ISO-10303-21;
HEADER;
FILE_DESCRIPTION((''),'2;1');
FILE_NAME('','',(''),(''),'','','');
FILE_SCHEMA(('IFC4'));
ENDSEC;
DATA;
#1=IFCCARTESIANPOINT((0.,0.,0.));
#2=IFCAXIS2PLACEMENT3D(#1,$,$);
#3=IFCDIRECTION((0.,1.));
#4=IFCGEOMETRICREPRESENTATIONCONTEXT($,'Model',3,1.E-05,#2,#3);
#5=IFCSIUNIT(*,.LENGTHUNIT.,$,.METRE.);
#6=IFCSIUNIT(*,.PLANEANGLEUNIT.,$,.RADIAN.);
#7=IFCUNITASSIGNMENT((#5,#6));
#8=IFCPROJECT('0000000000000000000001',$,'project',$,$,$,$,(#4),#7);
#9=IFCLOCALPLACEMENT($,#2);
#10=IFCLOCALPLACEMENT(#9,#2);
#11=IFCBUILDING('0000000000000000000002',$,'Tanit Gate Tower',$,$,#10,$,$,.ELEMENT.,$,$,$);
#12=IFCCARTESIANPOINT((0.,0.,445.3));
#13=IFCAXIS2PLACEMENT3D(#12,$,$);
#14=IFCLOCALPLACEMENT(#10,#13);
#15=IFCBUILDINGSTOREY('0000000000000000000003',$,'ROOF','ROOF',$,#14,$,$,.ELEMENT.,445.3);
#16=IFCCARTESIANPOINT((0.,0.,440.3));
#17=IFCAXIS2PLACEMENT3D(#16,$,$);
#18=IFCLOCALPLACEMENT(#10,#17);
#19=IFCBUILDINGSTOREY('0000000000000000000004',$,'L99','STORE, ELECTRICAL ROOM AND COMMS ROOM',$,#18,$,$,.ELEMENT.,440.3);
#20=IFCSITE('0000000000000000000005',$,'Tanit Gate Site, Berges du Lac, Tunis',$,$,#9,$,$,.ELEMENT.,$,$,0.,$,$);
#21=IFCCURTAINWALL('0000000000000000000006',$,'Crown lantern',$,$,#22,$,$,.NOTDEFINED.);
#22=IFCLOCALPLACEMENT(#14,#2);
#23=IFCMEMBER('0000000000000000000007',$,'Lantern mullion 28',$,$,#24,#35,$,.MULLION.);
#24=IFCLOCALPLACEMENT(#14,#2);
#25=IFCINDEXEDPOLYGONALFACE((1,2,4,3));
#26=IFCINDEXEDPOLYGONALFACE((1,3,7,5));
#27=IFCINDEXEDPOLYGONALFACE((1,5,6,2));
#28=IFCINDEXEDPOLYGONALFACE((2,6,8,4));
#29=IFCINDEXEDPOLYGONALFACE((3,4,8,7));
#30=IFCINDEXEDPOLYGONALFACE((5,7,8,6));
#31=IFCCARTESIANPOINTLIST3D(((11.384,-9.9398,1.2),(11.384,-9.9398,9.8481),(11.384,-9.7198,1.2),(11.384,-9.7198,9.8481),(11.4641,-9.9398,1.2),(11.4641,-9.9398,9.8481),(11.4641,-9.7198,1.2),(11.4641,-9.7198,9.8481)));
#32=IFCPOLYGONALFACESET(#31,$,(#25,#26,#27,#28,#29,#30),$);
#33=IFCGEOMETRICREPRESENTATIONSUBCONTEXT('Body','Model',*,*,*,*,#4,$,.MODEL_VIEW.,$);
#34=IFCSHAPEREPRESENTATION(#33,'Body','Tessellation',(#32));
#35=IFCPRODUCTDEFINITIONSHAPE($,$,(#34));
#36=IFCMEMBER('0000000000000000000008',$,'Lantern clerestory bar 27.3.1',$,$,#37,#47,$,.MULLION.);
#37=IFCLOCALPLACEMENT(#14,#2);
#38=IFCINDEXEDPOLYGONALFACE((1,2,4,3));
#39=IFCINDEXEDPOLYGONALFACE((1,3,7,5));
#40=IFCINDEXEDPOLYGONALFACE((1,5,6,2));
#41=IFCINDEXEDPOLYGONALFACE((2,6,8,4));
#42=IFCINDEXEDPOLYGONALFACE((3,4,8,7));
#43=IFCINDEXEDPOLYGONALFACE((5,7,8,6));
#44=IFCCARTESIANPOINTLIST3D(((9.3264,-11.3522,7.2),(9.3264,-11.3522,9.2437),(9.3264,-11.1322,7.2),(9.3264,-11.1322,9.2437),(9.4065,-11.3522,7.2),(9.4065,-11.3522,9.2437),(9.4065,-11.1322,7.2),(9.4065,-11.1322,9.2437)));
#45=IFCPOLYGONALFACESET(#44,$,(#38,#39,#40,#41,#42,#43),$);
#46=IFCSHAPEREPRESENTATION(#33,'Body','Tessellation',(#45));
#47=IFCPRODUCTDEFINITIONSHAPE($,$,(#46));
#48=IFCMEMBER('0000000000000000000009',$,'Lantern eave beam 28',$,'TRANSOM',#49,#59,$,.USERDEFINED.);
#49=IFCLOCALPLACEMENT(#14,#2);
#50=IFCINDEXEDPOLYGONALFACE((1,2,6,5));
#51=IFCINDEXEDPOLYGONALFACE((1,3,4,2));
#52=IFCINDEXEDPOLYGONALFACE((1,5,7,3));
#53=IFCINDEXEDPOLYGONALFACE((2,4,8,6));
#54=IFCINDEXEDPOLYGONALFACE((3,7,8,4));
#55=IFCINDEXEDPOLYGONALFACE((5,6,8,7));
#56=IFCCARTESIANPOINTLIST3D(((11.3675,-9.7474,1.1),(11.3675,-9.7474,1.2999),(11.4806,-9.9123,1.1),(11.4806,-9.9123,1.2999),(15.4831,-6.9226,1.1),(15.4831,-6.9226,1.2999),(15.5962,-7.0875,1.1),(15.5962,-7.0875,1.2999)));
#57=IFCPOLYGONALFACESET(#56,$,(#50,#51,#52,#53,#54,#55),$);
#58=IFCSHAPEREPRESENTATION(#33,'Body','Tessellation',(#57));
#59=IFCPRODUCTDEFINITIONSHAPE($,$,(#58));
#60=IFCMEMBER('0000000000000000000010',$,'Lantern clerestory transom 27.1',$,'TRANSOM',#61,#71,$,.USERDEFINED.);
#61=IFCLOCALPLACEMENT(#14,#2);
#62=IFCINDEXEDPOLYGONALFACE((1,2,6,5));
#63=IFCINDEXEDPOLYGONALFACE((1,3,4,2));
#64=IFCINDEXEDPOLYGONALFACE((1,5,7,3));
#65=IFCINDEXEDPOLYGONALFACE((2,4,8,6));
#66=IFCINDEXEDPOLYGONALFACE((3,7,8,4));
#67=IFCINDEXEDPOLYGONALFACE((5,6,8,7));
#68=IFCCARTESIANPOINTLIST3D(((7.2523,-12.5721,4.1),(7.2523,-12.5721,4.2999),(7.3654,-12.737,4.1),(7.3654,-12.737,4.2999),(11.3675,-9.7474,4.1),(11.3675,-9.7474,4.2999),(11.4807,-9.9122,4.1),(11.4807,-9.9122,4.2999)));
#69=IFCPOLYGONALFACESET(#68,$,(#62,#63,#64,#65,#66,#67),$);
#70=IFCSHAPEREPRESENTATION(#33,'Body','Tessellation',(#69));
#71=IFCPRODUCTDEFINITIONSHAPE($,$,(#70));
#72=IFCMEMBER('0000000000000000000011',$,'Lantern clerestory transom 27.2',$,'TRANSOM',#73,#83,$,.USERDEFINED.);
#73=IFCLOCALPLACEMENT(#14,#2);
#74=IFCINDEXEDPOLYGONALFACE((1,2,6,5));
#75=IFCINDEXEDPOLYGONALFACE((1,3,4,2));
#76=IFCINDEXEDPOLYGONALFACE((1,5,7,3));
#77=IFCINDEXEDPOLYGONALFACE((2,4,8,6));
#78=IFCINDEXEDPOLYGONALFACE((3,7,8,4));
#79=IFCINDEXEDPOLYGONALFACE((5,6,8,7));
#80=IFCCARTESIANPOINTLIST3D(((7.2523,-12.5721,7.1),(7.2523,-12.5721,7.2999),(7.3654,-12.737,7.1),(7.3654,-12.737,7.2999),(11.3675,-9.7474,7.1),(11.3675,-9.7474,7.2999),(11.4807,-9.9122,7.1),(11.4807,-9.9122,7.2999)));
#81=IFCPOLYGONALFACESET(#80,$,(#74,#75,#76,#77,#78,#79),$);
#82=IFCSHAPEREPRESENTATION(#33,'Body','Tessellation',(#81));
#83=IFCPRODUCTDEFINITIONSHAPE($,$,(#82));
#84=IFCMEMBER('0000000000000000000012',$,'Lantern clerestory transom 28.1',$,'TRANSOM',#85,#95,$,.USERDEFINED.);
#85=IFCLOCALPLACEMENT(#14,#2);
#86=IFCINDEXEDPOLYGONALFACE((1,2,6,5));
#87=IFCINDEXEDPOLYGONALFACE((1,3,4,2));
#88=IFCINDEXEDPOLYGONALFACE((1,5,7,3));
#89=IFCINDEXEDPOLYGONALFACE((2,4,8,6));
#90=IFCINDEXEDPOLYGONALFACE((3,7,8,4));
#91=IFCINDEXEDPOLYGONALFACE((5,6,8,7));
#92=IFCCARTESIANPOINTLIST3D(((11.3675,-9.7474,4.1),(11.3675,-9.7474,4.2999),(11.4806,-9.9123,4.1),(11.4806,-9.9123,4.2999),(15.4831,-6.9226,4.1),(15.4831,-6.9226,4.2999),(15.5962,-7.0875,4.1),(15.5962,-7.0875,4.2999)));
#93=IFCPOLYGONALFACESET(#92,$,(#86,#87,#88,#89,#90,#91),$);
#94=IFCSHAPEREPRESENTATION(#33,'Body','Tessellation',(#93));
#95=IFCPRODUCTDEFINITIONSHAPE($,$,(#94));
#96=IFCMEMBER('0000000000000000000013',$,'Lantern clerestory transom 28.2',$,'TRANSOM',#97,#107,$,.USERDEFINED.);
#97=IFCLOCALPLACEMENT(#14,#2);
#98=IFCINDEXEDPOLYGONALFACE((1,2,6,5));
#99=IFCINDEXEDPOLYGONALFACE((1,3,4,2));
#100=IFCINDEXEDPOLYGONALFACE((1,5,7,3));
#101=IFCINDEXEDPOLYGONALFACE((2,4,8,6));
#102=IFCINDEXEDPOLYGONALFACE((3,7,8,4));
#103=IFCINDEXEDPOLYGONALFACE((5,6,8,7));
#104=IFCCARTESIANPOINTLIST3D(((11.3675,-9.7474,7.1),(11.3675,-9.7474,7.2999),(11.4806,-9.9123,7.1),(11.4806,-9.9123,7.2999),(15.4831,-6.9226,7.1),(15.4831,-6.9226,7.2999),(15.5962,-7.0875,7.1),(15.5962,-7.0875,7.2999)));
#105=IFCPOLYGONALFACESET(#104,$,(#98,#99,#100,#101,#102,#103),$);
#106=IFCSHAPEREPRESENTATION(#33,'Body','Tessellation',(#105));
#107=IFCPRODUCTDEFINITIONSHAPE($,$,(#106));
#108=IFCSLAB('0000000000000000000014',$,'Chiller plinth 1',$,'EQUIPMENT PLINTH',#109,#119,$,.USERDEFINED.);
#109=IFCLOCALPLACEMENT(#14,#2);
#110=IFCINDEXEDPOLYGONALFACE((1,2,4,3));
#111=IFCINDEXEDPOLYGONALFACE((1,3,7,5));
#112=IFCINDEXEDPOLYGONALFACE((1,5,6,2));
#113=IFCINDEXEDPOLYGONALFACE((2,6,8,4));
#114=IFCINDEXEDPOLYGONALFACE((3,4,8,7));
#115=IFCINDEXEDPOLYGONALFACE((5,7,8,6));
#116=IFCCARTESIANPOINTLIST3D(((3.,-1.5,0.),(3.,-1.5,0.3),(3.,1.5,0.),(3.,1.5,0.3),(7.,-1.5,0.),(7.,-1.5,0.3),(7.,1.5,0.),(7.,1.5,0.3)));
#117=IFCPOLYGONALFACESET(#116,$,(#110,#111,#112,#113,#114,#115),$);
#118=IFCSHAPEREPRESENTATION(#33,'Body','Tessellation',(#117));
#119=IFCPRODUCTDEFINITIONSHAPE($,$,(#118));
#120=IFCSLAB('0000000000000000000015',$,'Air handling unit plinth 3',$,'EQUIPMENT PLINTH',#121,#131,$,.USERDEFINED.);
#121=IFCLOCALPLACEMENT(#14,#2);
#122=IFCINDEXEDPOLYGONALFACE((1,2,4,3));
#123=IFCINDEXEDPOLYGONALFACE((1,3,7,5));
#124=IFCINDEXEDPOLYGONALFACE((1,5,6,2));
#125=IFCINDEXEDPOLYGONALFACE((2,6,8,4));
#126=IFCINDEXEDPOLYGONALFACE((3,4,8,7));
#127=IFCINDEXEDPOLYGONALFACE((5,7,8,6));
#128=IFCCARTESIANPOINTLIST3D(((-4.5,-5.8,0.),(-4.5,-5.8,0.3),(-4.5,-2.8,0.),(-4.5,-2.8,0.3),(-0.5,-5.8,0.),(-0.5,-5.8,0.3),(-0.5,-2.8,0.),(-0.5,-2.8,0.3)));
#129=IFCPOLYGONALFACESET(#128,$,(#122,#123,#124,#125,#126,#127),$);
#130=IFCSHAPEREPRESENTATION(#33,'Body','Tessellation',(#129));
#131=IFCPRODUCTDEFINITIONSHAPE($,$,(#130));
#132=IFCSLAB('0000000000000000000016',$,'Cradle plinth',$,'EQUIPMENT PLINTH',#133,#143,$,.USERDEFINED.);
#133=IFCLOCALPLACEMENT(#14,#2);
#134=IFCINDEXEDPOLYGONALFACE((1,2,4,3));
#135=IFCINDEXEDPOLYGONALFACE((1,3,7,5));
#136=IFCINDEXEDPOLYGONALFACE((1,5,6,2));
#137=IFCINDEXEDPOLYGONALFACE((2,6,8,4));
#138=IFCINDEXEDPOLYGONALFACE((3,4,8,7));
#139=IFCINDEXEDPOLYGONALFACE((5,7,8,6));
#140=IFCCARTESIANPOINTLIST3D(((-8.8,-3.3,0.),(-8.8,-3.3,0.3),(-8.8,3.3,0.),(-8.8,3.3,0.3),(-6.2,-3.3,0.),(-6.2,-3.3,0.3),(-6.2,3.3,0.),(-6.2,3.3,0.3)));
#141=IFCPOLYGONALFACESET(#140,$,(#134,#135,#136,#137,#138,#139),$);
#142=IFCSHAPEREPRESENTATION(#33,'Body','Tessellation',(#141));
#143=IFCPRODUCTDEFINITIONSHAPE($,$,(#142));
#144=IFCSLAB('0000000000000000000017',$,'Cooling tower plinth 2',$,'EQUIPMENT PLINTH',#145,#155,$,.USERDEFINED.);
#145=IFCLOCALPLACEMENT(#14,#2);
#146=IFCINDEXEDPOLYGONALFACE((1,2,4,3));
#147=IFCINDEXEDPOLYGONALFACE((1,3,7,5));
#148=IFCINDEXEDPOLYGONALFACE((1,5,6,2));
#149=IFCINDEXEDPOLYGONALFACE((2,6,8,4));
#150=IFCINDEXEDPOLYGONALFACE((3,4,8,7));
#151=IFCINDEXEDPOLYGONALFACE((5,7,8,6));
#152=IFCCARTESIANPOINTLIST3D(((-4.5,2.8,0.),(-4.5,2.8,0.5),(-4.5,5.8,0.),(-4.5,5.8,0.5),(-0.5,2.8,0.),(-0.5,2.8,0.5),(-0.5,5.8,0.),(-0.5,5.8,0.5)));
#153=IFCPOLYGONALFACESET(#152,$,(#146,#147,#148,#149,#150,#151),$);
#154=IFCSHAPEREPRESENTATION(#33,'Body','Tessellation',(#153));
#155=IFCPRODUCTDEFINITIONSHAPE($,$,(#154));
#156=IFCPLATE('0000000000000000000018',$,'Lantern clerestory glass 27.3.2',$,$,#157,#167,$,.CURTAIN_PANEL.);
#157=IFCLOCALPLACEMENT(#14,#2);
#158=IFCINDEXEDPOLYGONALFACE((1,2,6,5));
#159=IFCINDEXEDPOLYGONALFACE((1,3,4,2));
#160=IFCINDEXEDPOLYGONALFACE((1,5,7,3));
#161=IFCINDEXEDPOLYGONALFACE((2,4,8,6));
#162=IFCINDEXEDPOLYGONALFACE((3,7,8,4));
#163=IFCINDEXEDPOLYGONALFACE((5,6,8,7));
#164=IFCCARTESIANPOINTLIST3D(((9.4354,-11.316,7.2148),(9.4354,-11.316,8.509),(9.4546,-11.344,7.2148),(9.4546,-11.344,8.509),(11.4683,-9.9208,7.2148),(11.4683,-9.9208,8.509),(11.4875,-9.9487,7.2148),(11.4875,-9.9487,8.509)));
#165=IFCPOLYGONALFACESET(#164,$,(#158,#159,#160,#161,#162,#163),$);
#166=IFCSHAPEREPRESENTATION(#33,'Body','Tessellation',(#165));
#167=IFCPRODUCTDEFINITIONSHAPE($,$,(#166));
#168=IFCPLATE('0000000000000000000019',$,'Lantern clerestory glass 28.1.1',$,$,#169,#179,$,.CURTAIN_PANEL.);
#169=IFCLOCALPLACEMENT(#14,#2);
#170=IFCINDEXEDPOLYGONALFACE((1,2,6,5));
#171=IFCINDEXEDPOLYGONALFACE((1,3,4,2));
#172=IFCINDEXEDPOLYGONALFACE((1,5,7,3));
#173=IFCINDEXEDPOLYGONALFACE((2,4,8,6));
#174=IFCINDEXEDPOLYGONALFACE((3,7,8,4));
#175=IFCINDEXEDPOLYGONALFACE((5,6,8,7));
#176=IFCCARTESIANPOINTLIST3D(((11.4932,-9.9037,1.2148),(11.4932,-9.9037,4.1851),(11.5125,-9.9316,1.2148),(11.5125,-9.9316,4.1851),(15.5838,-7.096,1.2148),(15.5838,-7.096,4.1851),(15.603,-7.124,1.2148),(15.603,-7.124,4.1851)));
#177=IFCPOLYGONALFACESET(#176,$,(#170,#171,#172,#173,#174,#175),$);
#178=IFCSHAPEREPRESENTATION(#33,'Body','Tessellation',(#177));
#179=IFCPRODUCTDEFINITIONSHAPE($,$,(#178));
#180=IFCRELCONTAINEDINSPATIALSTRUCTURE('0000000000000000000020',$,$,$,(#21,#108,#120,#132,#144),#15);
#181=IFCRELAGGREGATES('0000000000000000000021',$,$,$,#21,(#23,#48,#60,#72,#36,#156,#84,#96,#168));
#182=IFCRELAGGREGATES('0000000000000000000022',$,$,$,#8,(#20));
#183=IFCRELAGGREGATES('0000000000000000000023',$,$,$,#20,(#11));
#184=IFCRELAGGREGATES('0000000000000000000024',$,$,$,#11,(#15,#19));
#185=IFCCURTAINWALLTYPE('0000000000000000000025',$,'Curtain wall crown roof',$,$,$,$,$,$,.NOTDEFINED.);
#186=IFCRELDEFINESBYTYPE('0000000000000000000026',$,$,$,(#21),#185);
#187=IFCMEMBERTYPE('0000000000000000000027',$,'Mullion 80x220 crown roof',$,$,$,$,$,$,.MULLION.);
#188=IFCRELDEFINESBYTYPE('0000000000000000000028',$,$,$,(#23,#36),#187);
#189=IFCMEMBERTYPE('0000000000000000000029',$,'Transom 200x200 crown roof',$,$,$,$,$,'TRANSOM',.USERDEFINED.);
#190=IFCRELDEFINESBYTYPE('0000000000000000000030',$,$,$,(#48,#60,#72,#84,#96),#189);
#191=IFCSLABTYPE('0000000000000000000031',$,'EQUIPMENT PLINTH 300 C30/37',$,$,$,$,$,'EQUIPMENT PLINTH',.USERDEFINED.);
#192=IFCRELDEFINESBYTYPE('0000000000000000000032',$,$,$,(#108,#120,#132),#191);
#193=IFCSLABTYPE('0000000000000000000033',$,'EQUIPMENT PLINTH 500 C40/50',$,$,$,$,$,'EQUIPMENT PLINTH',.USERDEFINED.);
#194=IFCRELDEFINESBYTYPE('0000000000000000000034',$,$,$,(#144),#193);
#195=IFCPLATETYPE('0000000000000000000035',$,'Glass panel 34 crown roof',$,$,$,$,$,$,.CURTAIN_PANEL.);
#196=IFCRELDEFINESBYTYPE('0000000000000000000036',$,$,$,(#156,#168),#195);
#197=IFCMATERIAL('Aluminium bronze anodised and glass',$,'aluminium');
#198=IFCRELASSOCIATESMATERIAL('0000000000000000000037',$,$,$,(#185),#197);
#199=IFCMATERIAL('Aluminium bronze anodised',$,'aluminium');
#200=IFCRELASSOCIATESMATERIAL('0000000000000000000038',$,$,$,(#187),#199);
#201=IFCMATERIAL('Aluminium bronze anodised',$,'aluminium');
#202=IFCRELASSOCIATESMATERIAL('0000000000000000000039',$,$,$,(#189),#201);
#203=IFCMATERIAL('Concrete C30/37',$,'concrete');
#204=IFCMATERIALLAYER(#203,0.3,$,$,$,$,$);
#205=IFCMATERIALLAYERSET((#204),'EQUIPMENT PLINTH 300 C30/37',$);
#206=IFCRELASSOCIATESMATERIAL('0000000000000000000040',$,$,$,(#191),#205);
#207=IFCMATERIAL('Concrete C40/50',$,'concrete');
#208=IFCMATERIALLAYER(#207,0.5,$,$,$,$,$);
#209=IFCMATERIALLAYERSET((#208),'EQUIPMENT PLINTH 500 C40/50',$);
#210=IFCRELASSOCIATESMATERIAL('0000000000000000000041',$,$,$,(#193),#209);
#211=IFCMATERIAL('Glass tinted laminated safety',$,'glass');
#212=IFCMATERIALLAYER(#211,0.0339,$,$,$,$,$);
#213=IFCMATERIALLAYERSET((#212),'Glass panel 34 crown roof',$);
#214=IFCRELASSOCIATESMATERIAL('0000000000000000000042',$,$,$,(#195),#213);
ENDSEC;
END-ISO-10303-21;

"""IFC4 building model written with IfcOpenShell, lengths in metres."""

from ifc_helpers import new_model, si_unit, direction, frame, origin, origin_2d, place, context, subcontext, project, spatial, polyline, rectangle, outline, extrude, material, layer, layer_set, material_profile, profile_set, type_object, element, aggregate, save


model = new_model("IFC4")

# Units and contexts
model_context = context("Model", 3, precision=1e-05, world=origin(), true_north=direction((0.0, 1.0)))
body_context = subcontext(model_context, "Body", "Model", "MODEL_VIEW")
ifc_project = project(units=[si_unit("LENGTHUNIT", "METRE"), si_unit("PLANEANGLEUNIT", "RADIAN")], contexts=[model_context])

# Site, building, storey
site_placement = place(None, origin())
site = spatial("IfcSite", under=ifc_project, at=site_placement, Name="Tanit Gate Site, Berges du Lac, Tunis", CompositionType="ELEMENT", RefElevation=0.0)
building_placement = place(site_placement, origin())
building = spatial("IfcBuilding", under=site, at=building_placement, Name="Tanit Gate Tower", CompositionType="ELEMENT")
storey_1_placement = place(building_placement, frame((0.0, 0.0, 445.3)))
storey_1 = spatial("IfcBuildingStorey", under=building, at=storey_1_placement, Name="ROOF", Description="ROOF", CompositionType="ELEMENT", Elevation=445.3)

# Curtain wall, members
ifc_material_1 = material(Name="Aluminium bronze anodised and glass", Category="aluminium")
curtain_wall_type = type_object("IfcCurtainWallType", Name="Curtain wall crown roof", PredefinedType="NOTDEFINED", material=ifc_material_1)
curtain_wall_placement = place(storey_1_placement, origin())
curtain_wall = element("IfcCurtainWall", 1, at=curtain_wall_placement, inside=storey_1, type_object=curtain_wall_type, Name="Crown lantern", PredefinedType="NOTDEFINED")
ifc_material_2 = material(Name="Aluminium bronze anodised", Category="aluminium")
ifc_material_profile_1 = material_profile(ifc_material_2, rectangle(XDim=0.0801, YDim=0.22, at=origin_2d()), Name="80x220 bronze rafter")
ifc_profile_set_1 = profile_set([ifc_material_profile_1], Name="Aluminium bronze anodised")
member_type_1 = type_object("IfcMemberType", Name="Mullion 80x220 crown roof", PredefinedType="MULLION", material=ifc_profile_set_1)
member_1_placement = place(storey_1_placement, frame((11.4241, -9.8298, 1.2), z_axis=(0.0, 0.0, 1.0), x_axis=(1.0, 0.0, 0.0)))
member_1 = element("IfcMember", 2, at=member_1_placement, type_object=member_type_1, Name="Lantern mullion 28", PredefinedType="MULLION", context=body_context, shape_type="SweptSolid", body=[
    extrude(rectangle(XDim=0.0801, YDim=0.22, at=origin_2d()), origin(), (0.0, 0.0, 1.0), 8.6482),
])
member_2_placement = place(storey_1_placement, frame((9.3665, -11.2422, 7.2), z_axis=(0.0, 0.0, 1.0), x_axis=(1.0, 0.0, 0.0)))
member_2 = element("IfcMember", 3, at=member_2_placement, type_object=member_type_1, Name="Lantern clerestory bar 27.3.1", PredefinedType="MULLION", context=body_context, shape_type="SweptSolid", body=[
    extrude(rectangle(XDim=0.0801, YDim=0.22, at=origin_2d()), origin(), (0.0, 0.0, 1.0), 2.0437),
])
ifc_material_3 = material(Name="Aluminium bronze anodised", Category="aluminium")
ifc_material_profile_2 = material_profile(ifc_material_3, rectangle(XDim=0.2, YDim=0.2, at=origin_2d()), Name="200x200 bronze transom")
ifc_profile_set_2 = profile_set([ifc_material_profile_2], Name="Aluminium bronze anodised")
member_type_2 = type_object("IfcMemberType", Name="Transom 200x200 crown roof", ElementType="TRANSOM", PredefinedType="USERDEFINED", material=ifc_profile_set_2)
member_3_placement = place(storey_1_placement, frame((11.4241, -9.8298, 1.2), z_axis=(0.82448, 0.565891, 0.0), x_axis=(-0.565891, 0.82448, 0.0)))
member_3 = element("IfcMember", 4, at=member_3_placement, type_object=member_type_2, Name="Lantern eave beam 28", ObjectType="TRANSOM", PredefinedType="USERDEFINED", context=body_context, shape_type="SweptSolid", body=[
    extrude(rectangle(XDim=0.2, YDim=0.2, at=origin_2d()), origin(), (0.0, 0.0, 1.0), 4.9917),
])
member_4_placement = place(storey_1_placement, frame((7.3088, -12.6545, 4.2), z_axis=(0.824464, 0.565914, 0.0), x_axis=(-0.565914, 0.824464, 0.0)))
member_4 = element("IfcMember", 5, at=member_4_placement, type_object=member_type_2, Name="Lantern clerestory transom 27.1", ObjectType="TRANSOM", PredefinedType="USERDEFINED", context=body_context, shape_type="SweptSolid", body=[
    extrude(rectangle(XDim=0.2, YDim=0.2, at=origin_2d()), origin(), (0.0, 0.0, 1.0), 4.9915),
])
member_5_placement = place(storey_1_placement, frame((7.3088, -12.6545, 7.2), z_axis=(0.824464, 0.565914, 0.0), x_axis=(-0.565914, 0.824464, 0.0)))
member_5 = element("IfcMember", 6, at=member_5_placement, type_object=member_type_2, Name="Lantern clerestory transom 27.2", ObjectType="TRANSOM", PredefinedType="USERDEFINED", context=body_context, shape_type="SweptSolid", body=[
    extrude(rectangle(XDim=0.2, YDim=0.2, at=origin_2d()), origin(), (0.0, 0.0, 1.0), 4.9915),
])
member_6_placement = place(storey_1_placement, frame((11.4241, -9.8298, 4.2), z_axis=(0.82448, 0.565891, 0.0), x_axis=(-0.565891, 0.82448, 0.0)))
member_6 = element("IfcMember", 7, at=member_6_placement, type_object=member_type_2, Name="Lantern clerestory transom 28.1", ObjectType="TRANSOM", PredefinedType="USERDEFINED", context=body_context, shape_type="SweptSolid", body=[
    extrude(rectangle(XDim=0.2, YDim=0.2, at=origin_2d()), origin(), (0.0, 0.0, 1.0), 4.9917),
])
member_7_placement = place(storey_1_placement, frame((11.4241, -9.8298, 7.2), z_axis=(0.82448, 0.565891, 0.0), x_axis=(-0.565891, 0.82448, 0.0)))
member_7 = element("IfcMember", 8, at=member_7_placement, type_object=member_type_2, Name="Lantern clerestory transom 28.2", ObjectType="TRANSOM", PredefinedType="USERDEFINED", context=body_context, shape_type="SweptSolid", body=[
    extrude(rectangle(XDim=0.2, YDim=0.2, at=origin_2d()), origin(), (0.0, 0.0, 1.0), 4.9917),
])

# Slabs
ifc_material_4 = material(Name="Concrete C30/37", Category="concrete")
ifc_layer_1 = layer(ifc_material_4, 0.3)
ifc_layer_set_1 = layer_set([ifc_layer_1], Name="EQUIPMENT PLINTH 300 C30/37")
slab_type_1 = type_object("IfcSlabType", Name="EQUIPMENT PLINTH 300 C30/37", ElementType="EQUIPMENT PLINTH", PredefinedType="USERDEFINED", material=ifc_layer_set_1)
slab_1_placement = place(storey_1_placement, origin())
element("IfcSlab", 9, at=slab_1_placement, inside=storey_1, type_object=slab_type_1, Name="Chiller plinth 1", ObjectType="EQUIPMENT PLINTH", PredefinedType="USERDEFINED", context=body_context, shape_type="SweptSolid", body=[
    extrude(outline(polyline([(3.0, -1.5), (7.0, -1.5), (7.0, 1.5), (3.0, 1.5), (3.0, -1.5)])), origin(), (0.0, 0.0, 1.0), 0.3),
])
slab_2_placement = place(storey_1_placement, origin())
element("IfcSlab", 10, at=slab_2_placement, inside=storey_1, type_object=slab_type_1, Name="Air handling unit plinth 3", ObjectType="EQUIPMENT PLINTH", PredefinedType="USERDEFINED", context=body_context, shape_type="SweptSolid", body=[
    extrude(outline(polyline([(-4.5, -5.8), (-0.5, -5.8), (-0.5, -2.8), (-4.5, -2.8), (-4.5, -5.8)])), origin(), (0.0, 0.0, 1.0), 0.3),
])
slab_3_placement = place(storey_1_placement, origin())
element("IfcSlab", 11, at=slab_3_placement, inside=storey_1, type_object=slab_type_1, Name="Cradle plinth", ObjectType="EQUIPMENT PLINTH", PredefinedType="USERDEFINED", context=body_context, shape_type="SweptSolid", body=[
    extrude(outline(polyline([(-8.8, -3.3), (-6.2, -3.3), (-6.2, 3.3), (-8.8, 3.3), (-8.8, -3.3)])), origin(), (0.0, 0.0, 1.0), 0.3),
])
ifc_material_5 = material(Name="Concrete C40/50", Category="concrete")
ifc_layer_2 = layer(ifc_material_5, 0.5)
ifc_layer_set_2 = layer_set([ifc_layer_2], Name="EQUIPMENT PLINTH 500 C40/50")
slab_type_2 = type_object("IfcSlabType", Name="EQUIPMENT PLINTH 500 C40/50", ElementType="EQUIPMENT PLINTH", PredefinedType="USERDEFINED", material=ifc_layer_set_2)
slab_4_placement = place(storey_1_placement, origin())
element("IfcSlab", 12, at=slab_4_placement, inside=storey_1, type_object=slab_type_2, Name="Cooling tower plinth 2", ObjectType="EQUIPMENT PLINTH", PredefinedType="USERDEFINED", context=body_context, shape_type="SweptSolid", body=[
    extrude(outline(polyline([(-4.5, 2.8), (-0.5, 2.8), (-0.5, 5.8), (-4.5, 5.8), (-4.5, 2.8)])), origin(), (0.0, 0.0, 1.0), 0.5),
])

# Plates
ifc_material_6 = material(Name="Glass tinted laminated safety", Category="glass")
ifc_layer_3 = layer(ifc_material_6, 0.0339)
ifc_layer_set_3 = layer_set([ifc_layer_3], Name="Glass panel 34 crown roof")
plate_type = type_object("IfcPlateType", Name="Glass panel 34 crown roof", PredefinedType="CURTAIN_PANEL", material=ifc_layer_set_3)
plate_1_placement = place(storey_1_placement, frame((9.4546, -11.344, 7.2148), z_axis=(0.565869, -0.824495, 0.0), x_axis=(0.824495, 0.565869, 0.0)))
plate_1 = element("IfcPlate", 13, at=plate_1_placement, type_object=plate_type, Name="Lantern clerestory glass 27.3.2", PredefinedType="CURTAIN_PANEL", context=body_context, shape_type="SweptSolid", body=[
    extrude(outline(polyline([(0.0, 0.0), (2.4657, 0.0), (2.4657, 1.2942), (0.0, 1.2942), (0.0, 0.0)])), origin(), (0.0, 0.0, -1.0), 0.0339),
])
plate_2_placement = place(storey_1_placement, frame((11.5125, -9.9316, 1.2148), z_axis=(0.565892, -0.82448, 0.0), x_axis=(0.82448, 0.565892, 0.0)))
plate_2 = element("IfcPlate", 14, at=plate_2_placement, type_object=plate_type, Name="Lantern clerestory glass 28.1.1", PredefinedType="CURTAIN_PANEL", context=body_context, shape_type="SweptSolid", body=[
    extrude(outline(polyline([(0.0, 0.0), (4.9614, 0.0), (4.9614, 2.9702), (0.0, 2.9702), (0.0, 0.0)])), origin(), (0.0, 0.0, -1.0), 0.0339),
])
aggregate(curtain_wall, [member_1, member_3, member_4, member_5, member_2, plate_1, member_6, member_7, plate_2])

# Shared definitions
storey_2_placement = place(building_placement, frame((0.0, 0.0, 440.3)))
storey_2 = spatial("IfcBuildingStorey", under=building, at=storey_2_placement, Name="L99", Description="STORE, ELECTRICAL ROOM AND COMMS ROOM", CompositionType="ELEMENT", Elevation=440.3)

save(model, "model.ifc")
